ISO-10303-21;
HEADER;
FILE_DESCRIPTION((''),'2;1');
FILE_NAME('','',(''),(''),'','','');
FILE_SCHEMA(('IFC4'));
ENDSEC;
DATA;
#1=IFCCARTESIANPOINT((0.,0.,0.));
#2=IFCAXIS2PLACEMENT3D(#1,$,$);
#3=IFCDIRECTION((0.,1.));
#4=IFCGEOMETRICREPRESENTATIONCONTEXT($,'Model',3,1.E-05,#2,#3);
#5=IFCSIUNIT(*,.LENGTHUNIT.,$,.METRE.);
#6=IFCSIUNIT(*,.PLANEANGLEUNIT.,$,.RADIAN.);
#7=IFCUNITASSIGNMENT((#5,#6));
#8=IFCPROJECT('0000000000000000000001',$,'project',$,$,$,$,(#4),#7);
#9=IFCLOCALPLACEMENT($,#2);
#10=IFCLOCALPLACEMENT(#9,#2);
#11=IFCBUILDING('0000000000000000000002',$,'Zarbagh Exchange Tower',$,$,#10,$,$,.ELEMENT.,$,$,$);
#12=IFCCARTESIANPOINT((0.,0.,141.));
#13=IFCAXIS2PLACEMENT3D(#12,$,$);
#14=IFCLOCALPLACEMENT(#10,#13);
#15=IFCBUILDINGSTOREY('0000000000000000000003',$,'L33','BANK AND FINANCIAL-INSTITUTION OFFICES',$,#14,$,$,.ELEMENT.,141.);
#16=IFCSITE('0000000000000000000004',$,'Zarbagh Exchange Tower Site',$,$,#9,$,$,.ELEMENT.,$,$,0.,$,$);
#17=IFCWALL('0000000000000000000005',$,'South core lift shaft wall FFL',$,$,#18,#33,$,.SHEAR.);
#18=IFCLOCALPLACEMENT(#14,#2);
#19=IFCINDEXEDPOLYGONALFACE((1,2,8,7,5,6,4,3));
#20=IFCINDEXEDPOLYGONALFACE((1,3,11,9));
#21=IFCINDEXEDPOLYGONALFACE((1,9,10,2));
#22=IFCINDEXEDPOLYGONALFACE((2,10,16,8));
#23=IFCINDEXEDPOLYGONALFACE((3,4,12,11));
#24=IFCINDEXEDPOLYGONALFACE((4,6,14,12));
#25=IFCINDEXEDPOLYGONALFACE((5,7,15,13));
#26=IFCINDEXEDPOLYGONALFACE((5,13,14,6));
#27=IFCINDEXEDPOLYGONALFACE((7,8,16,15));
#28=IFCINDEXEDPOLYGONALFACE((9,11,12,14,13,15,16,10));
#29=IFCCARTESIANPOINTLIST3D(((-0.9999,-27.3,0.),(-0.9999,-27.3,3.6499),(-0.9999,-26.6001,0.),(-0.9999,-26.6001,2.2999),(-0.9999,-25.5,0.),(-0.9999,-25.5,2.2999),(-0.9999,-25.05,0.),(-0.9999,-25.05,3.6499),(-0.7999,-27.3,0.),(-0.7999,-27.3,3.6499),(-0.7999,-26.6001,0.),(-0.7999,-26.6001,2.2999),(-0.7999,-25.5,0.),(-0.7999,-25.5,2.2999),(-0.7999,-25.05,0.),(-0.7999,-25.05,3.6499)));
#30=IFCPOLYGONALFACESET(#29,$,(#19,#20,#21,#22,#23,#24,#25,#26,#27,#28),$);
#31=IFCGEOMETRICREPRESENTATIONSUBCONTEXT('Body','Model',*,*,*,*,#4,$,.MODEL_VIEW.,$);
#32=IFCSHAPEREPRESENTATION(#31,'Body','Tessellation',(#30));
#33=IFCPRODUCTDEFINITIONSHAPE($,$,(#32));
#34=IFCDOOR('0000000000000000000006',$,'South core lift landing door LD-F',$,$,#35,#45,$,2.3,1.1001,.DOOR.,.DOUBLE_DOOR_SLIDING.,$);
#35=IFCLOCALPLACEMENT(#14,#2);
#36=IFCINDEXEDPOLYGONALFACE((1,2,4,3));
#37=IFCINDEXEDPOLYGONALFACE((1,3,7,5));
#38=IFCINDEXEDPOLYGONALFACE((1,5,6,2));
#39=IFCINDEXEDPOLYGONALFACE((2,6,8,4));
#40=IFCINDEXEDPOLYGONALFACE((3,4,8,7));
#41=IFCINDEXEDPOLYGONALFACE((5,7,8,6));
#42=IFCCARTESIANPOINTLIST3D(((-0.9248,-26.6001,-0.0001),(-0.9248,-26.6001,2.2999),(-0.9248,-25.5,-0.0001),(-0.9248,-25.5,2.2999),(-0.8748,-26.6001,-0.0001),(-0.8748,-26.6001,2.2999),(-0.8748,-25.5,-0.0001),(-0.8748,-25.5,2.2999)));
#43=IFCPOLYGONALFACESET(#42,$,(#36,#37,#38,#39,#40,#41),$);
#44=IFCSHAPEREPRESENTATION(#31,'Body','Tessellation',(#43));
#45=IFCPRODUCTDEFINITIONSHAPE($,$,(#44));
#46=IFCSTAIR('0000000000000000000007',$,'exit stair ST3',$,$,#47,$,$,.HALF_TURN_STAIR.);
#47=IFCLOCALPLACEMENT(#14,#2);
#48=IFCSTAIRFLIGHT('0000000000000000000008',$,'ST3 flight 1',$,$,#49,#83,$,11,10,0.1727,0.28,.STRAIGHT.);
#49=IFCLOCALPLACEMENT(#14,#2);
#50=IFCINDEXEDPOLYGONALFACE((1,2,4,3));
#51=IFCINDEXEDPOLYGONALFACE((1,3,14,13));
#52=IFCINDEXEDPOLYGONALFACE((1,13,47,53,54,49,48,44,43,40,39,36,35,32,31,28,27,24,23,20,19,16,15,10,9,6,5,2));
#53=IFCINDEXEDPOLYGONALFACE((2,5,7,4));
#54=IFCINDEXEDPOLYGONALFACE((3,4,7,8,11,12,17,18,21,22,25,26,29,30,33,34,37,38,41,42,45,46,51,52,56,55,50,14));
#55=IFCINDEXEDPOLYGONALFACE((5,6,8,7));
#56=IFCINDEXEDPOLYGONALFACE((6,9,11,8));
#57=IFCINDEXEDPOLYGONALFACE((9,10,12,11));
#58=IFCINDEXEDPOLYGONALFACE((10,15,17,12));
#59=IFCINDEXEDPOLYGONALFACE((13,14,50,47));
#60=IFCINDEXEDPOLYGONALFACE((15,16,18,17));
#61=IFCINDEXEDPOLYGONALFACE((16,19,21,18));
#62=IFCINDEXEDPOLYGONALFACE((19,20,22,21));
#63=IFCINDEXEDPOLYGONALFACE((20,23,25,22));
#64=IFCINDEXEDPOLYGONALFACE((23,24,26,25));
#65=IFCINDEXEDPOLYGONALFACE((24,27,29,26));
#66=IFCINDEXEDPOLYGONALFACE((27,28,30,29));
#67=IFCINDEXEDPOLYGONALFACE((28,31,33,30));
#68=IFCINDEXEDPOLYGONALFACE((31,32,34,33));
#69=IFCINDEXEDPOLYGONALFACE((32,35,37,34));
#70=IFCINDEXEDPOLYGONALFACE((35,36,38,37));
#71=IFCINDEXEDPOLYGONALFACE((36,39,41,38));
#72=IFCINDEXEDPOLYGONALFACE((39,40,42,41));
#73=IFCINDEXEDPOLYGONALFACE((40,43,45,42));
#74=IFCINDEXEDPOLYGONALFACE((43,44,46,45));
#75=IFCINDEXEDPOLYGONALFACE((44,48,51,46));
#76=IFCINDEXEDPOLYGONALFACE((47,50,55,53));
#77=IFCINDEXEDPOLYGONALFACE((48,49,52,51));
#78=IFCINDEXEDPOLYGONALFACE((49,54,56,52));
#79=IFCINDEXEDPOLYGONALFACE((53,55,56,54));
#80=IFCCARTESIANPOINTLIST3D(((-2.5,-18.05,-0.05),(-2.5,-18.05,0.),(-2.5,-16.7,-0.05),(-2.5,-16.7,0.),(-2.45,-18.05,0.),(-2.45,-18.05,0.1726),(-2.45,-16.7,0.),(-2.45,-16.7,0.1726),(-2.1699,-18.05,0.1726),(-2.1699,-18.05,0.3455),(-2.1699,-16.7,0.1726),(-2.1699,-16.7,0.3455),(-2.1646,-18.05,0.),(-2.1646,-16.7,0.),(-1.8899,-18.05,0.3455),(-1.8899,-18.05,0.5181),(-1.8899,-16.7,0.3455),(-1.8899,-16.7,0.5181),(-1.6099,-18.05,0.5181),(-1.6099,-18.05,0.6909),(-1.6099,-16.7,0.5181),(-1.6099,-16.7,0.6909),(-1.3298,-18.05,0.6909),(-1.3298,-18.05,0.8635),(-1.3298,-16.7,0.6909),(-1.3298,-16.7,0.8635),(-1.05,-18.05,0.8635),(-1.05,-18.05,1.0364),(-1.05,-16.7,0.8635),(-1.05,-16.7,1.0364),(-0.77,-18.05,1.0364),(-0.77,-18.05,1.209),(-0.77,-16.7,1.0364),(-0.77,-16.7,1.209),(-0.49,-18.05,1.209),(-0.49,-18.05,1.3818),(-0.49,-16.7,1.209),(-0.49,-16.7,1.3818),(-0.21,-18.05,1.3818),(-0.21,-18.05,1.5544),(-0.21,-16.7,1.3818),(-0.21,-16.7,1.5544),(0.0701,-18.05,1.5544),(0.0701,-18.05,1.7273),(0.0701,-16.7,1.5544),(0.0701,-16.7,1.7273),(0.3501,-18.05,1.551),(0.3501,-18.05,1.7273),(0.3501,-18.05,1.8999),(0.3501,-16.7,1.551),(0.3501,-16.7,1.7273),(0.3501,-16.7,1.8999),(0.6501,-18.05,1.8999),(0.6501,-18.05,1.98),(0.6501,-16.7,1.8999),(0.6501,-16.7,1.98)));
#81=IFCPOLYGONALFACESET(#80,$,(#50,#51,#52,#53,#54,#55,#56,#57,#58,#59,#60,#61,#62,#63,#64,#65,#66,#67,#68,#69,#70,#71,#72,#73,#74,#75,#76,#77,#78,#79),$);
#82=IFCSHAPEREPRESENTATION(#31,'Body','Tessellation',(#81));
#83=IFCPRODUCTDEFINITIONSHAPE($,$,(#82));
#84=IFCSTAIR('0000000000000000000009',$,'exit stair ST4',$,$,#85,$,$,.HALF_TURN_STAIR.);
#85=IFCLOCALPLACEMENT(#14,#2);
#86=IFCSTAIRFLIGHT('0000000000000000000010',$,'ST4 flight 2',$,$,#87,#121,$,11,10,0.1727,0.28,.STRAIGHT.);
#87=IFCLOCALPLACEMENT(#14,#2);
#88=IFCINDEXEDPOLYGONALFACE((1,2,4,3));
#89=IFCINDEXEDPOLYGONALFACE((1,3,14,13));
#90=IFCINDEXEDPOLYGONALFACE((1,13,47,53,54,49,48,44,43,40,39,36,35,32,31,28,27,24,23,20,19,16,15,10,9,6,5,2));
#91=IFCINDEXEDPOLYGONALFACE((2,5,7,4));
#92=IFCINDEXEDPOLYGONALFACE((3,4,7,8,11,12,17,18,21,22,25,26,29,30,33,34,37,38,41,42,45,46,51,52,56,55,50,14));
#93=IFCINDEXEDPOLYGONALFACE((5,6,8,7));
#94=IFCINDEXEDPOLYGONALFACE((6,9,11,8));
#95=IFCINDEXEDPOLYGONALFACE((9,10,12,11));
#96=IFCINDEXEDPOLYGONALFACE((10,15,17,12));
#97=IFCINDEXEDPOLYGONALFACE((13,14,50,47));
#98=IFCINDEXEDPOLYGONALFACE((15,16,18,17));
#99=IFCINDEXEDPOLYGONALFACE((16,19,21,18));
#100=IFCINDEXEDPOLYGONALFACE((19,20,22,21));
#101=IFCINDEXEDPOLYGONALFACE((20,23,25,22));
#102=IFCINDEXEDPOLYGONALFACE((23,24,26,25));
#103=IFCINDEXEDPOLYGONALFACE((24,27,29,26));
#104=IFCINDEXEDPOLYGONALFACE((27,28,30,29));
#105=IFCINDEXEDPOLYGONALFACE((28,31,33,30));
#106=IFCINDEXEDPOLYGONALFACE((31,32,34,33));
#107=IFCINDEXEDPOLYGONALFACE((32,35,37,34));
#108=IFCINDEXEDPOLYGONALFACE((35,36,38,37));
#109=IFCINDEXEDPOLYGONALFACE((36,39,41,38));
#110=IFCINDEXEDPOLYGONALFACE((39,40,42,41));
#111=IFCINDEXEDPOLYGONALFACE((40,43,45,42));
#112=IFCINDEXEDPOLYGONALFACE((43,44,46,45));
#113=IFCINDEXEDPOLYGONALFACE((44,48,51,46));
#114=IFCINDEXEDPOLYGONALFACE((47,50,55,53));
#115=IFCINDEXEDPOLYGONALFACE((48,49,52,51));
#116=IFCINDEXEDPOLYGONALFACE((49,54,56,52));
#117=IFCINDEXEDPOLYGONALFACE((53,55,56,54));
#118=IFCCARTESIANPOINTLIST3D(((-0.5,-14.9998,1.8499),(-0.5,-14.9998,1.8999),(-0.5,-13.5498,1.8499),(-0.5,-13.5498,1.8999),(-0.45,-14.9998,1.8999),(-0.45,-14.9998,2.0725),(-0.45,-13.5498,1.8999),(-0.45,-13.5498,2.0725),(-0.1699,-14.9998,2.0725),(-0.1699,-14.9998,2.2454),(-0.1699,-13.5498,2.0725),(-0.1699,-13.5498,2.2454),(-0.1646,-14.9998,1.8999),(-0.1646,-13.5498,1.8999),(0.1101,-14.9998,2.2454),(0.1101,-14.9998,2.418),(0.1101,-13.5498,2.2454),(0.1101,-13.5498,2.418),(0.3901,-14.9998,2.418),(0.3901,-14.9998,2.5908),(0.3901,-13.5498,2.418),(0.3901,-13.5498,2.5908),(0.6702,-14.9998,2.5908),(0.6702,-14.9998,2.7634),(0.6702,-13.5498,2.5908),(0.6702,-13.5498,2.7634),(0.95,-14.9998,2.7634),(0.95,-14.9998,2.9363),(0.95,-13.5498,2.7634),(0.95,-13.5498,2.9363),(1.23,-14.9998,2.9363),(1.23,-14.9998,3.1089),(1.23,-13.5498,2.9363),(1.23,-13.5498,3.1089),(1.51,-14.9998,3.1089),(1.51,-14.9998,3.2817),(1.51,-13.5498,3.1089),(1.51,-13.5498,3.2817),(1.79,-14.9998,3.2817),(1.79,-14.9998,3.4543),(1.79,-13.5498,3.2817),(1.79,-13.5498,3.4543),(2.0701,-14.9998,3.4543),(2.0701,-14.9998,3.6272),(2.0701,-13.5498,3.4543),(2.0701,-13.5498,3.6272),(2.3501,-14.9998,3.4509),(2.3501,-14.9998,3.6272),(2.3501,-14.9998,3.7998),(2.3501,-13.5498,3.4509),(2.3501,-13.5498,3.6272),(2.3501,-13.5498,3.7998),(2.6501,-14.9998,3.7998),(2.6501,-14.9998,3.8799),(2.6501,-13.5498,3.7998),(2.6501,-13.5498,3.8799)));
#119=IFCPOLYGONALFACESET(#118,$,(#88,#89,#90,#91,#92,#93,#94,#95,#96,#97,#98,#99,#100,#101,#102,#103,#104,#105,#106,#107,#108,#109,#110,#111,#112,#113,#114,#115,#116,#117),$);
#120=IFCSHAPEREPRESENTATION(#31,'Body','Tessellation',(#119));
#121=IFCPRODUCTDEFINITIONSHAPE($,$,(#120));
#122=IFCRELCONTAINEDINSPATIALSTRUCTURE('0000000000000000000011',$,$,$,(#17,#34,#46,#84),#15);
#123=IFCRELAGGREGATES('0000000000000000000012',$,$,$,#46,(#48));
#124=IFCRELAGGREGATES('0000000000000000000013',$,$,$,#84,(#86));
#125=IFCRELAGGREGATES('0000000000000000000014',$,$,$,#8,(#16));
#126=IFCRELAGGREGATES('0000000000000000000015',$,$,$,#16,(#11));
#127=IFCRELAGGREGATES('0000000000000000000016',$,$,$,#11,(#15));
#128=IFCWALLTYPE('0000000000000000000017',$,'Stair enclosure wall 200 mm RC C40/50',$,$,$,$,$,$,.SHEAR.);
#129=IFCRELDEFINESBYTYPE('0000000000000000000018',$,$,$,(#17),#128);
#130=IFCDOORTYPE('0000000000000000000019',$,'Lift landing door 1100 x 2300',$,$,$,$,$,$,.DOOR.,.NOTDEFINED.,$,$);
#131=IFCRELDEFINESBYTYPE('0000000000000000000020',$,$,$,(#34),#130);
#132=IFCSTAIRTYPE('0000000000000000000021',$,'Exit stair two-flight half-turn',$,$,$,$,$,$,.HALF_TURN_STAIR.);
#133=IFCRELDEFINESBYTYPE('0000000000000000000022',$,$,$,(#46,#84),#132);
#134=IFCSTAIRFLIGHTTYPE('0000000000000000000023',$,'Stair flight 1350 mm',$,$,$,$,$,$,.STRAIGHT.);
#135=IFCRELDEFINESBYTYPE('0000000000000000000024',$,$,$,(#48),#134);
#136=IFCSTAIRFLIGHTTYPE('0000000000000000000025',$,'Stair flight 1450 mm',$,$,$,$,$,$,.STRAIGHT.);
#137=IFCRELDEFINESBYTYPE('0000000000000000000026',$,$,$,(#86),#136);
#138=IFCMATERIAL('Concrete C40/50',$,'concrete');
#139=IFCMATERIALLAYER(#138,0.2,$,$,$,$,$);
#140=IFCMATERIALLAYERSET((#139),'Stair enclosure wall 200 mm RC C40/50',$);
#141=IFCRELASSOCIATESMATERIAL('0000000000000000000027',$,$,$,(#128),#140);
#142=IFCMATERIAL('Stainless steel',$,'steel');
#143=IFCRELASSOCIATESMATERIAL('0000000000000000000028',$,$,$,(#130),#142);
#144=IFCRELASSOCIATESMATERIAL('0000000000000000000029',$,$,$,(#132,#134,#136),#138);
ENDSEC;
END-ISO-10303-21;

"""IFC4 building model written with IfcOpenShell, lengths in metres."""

from ifc_helpers import new_model, si_unit, direction, frame, frame_2d, origin, place, context, subcontext, project, spatial, polyline, rectangle, outline, extrude, material, layer, layer_set, type_object, element, fill, aggregate, save


model = new_model("IFC4")

# Units and contexts
model_context = context("Model", 3, precision=1e-05, world=origin(), true_north=direction((0.0, 1.0)))
body_context = subcontext(model_context, "Body", "Model", "MODEL_VIEW")
ifc_project = project(units=[si_unit("LENGTHUNIT", "METRE"), si_unit("PLANEANGLEUNIT", "RADIAN")], contexts=[model_context])

# Site, building, storey
site_placement = place(None, origin())
site = spatial("IfcSite", under=ifc_project, at=site_placement, Name="Zarbagh Exchange Tower Site", CompositionType="ELEMENT", RefElevation=0.0)
building_placement = place(site_placement, origin())
building = spatial("IfcBuilding", under=site, at=building_placement, Name="Zarbagh Exchange Tower", CompositionType="ELEMENT")
storey_placement = place(building_placement, frame((0.0, 0.0, 141.0)))
storey = spatial("IfcBuildingStorey", under=building, at=storey_placement, Name="L33", Description="BANK AND FINANCIAL-INSTITUTION OFFICES", CompositionType="ELEMENT", Elevation=141.0)

# Shared definitions
ifc_material_1 = material(Name="Concrete C40/50", Category="concrete")

# Wall, opening, door
ifc_layer_1 = layer(ifc_material_1, 0.2)
ifc_layer_set_1 = layer_set([ifc_layer_1], Name="Stair enclosure wall 200 mm RC C40/50")
wall_type_1 = type_object("IfcWallType", Name="Stair enclosure wall 200 mm RC C40/50", PredefinedType="SHEAR", material=ifc_layer_set_1)
wall_1_placement = place(storey_placement, frame((-0.8999, -27.3, 0.0), z_axis=(0.0, 0.0, 1.0), x_axis=(0.0, 1.0, 0.0)))
wall_1 = element("IfcWall", 1, at=wall_1_placement, inside=storey, type_object=wall_type_1, Name="South core lift shaft wall FFL", PredefinedType="SHEAR", context=body_context, shape_type="SweptSolid", body=[
    extrude(rectangle(XDim=2.25, YDim=0.2, at=frame_2d((1.125, 0.0))), origin(), (0.0, 0.0, 1.0), 3.6499),
])
opening_1_placement = place(wall_1_placement, frame((0.7, 0.0, 0.0)))
opening_1 = element("IfcOpeningElement", 2, at=opening_1_placement, cuts=wall_1, PredefinedType="OPENING", context=body_context, shape_type="SweptSolid", body=[
    extrude(rectangle(XDim=1.1001, YDim=2.3, at=frame_2d((0.55, 1.1499))), frame((0.0, 0.1099, 0.0), z_axis=(0.0, -1.0, 0.0), x_axis=(1.0, 0.0, 0.0)), (0.0, 0.0, 1.0), 0.22),
])
ifc_material_2 = material(Name="Stainless steel", Category="steel")
door_type_1 = type_object("IfcDoorType", Name="Lift landing door 1100 x 2300", OperationType="NOTDEFINED", PredefinedType="DOOR", material=ifc_material_2)
door_1_placement = place(opening_1_placement, origin())
door_1 = element("IfcDoor", 3, at=door_1_placement, inside=storey, type_object=door_type_1, Name="South core lift landing door LD-F", OperationType="DOUBLE_DOOR_SLIDING", OverallHeight=2.3, OverallWidth=1.1001, PredefinedType="DOOR", context=body_context, shape_type="SweptSolid", body=[
    extrude(rectangle(XDim=1.1001, YDim=2.3, at=frame_2d((0.55, 1.1499))), frame((0.0, 0.0249, 0.0), z_axis=(0.0, -1.0, 0.0), x_axis=(1.0, 0.0, 0.0)), (0.0, 0.0, 1.0), 0.05),
])
fill(opening_1, door_1)

# Stairs, stair flights
stair_type = type_object("IfcStairType", Name="Exit stair two-flight half-turn", PredefinedType="HALF_TURN_STAIR", material=ifc_material_1)
stair_1_placement = place(storey_placement, origin())
stair_1 = element("IfcStair", 4, at=stair_1_placement, inside=storey, type_object=stair_type, Name="exit stair ST3", PredefinedType="HALF_TURN_STAIR")
stair_flight_type_1 = type_object("IfcStairFlightType", Name="Stair flight 1350 mm", PredefinedType="STRAIGHT", material=ifc_material_1)
stair_flight_1_placement = place(storey_placement, frame((-2.45, -17.375, 0.0), z_axis=(0.0, 0.0, 1.0), x_axis=(1.0, 0.0, 0.0)))
stair_flight_1 = element("IfcStairFlight", 5, at=stair_flight_1_placement, type_object=stair_flight_type_1, Name="ST3 flight 1", NumberOfRisers=11, NumberOfTreads=10, PredefinedType="STRAIGHT", RiserHeight=0.1727, TreadLength=0.28, context=body_context, shape_type="SweptSolid", body=[
    extrude(outline(polyline([(-0.05, -0.05), (-0.05, 0.0), (0.0, 0.0), (0.0, 0.1726), (0.28, 0.1726), (0.28, 0.3455), (0.5601, 0.3455), (0.5601, 0.5181), (0.8401, 0.5181), (0.8401, 0.6909), (1.1201, 0.6909), (1.1201, 0.8635), (1.3999, 0.8635), (1.3999, 1.0364), (1.6799, 1.0364), (1.6799, 1.209), (1.96, 1.209), (1.96, 1.3818), (2.24, 1.3818), (2.24, 1.5544), (2.52, 1.5544), (2.52, 1.7273), (2.8, 1.7273), (2.8, 1.8999), (3.1001, 1.98), (3.1001, 1.8999), (2.8, 1.551), (0.2854, 0.0), (-0.05, -0.05)])), frame((0.0, 0.675, 0.0), z_axis=(0.0, -1.0, 0.0), x_axis=(1.0, 0.0, 0.0)), (0.0, 0.0, 1.0), 1.3501),
])
aggregate(stair_1, [stair_flight_1])
stair_2_placement = place(storey_placement, origin())
stair_2 = element("IfcStair", 6, at=stair_2_placement, inside=storey, type_object=stair_type, Name="exit stair ST4", PredefinedType="HALF_TURN_STAIR")
stair_flight_type_2 = type_object("IfcStairFlightType", Name="Stair flight 1450 mm", PredefinedType="STRAIGHT", material=ifc_material_1)
stair_flight_2_placement = place(storey_placement, frame((-0.45, -14.2749, 1.8999), z_axis=(0.0, 0.0, 1.0), x_axis=(1.0, 0.0, 0.0)))
stair_flight_2 = element("IfcStairFlight", 7, at=stair_flight_2_placement, type_object=stair_flight_type_2, Name="ST4 flight 2", NumberOfRisers=11, NumberOfTreads=10, PredefinedType="STRAIGHT", RiserHeight=0.1727, TreadLength=0.28, context=body_context, shape_type="SweptSolid", body=[
    extrude(outline(polyline([(-0.05, -0.05), (-0.05, 0.0), (0.0, 0.0), (0.0, 0.1726), (0.28, 0.1726), (0.28, 0.3455), (0.5601, 0.3455), (0.5601, 0.5181), (0.8401, 0.5181), (0.8401, 0.6909), (1.1201, 0.6909), (1.1201, 0.8635), (1.3999, 0.8635), (1.3999, 1.0364), (1.6799, 1.0364), (1.6799, 1.209), (1.96, 1.209), (1.96, 1.3818), (2.24, 1.3818), (2.24, 1.5544), (2.52, 1.5544), (2.52, 1.7273), (2.8, 1.7273), (2.8, 1.8999), (3.1001, 1.98), (3.1001, 1.8999), (2.8, 1.551), (0.2854, 0.0), (-0.05, -0.05)])), frame((0.0, 0.7251, 0.0), z_axis=(0.0, -1.0, 0.0), x_axis=(1.0, 0.0, 0.0)), (0.0, 0.0, 1.0), 1.45),
])
aggregate(stair_2, [stair_flight_2])

save(model, "model.ifc")
